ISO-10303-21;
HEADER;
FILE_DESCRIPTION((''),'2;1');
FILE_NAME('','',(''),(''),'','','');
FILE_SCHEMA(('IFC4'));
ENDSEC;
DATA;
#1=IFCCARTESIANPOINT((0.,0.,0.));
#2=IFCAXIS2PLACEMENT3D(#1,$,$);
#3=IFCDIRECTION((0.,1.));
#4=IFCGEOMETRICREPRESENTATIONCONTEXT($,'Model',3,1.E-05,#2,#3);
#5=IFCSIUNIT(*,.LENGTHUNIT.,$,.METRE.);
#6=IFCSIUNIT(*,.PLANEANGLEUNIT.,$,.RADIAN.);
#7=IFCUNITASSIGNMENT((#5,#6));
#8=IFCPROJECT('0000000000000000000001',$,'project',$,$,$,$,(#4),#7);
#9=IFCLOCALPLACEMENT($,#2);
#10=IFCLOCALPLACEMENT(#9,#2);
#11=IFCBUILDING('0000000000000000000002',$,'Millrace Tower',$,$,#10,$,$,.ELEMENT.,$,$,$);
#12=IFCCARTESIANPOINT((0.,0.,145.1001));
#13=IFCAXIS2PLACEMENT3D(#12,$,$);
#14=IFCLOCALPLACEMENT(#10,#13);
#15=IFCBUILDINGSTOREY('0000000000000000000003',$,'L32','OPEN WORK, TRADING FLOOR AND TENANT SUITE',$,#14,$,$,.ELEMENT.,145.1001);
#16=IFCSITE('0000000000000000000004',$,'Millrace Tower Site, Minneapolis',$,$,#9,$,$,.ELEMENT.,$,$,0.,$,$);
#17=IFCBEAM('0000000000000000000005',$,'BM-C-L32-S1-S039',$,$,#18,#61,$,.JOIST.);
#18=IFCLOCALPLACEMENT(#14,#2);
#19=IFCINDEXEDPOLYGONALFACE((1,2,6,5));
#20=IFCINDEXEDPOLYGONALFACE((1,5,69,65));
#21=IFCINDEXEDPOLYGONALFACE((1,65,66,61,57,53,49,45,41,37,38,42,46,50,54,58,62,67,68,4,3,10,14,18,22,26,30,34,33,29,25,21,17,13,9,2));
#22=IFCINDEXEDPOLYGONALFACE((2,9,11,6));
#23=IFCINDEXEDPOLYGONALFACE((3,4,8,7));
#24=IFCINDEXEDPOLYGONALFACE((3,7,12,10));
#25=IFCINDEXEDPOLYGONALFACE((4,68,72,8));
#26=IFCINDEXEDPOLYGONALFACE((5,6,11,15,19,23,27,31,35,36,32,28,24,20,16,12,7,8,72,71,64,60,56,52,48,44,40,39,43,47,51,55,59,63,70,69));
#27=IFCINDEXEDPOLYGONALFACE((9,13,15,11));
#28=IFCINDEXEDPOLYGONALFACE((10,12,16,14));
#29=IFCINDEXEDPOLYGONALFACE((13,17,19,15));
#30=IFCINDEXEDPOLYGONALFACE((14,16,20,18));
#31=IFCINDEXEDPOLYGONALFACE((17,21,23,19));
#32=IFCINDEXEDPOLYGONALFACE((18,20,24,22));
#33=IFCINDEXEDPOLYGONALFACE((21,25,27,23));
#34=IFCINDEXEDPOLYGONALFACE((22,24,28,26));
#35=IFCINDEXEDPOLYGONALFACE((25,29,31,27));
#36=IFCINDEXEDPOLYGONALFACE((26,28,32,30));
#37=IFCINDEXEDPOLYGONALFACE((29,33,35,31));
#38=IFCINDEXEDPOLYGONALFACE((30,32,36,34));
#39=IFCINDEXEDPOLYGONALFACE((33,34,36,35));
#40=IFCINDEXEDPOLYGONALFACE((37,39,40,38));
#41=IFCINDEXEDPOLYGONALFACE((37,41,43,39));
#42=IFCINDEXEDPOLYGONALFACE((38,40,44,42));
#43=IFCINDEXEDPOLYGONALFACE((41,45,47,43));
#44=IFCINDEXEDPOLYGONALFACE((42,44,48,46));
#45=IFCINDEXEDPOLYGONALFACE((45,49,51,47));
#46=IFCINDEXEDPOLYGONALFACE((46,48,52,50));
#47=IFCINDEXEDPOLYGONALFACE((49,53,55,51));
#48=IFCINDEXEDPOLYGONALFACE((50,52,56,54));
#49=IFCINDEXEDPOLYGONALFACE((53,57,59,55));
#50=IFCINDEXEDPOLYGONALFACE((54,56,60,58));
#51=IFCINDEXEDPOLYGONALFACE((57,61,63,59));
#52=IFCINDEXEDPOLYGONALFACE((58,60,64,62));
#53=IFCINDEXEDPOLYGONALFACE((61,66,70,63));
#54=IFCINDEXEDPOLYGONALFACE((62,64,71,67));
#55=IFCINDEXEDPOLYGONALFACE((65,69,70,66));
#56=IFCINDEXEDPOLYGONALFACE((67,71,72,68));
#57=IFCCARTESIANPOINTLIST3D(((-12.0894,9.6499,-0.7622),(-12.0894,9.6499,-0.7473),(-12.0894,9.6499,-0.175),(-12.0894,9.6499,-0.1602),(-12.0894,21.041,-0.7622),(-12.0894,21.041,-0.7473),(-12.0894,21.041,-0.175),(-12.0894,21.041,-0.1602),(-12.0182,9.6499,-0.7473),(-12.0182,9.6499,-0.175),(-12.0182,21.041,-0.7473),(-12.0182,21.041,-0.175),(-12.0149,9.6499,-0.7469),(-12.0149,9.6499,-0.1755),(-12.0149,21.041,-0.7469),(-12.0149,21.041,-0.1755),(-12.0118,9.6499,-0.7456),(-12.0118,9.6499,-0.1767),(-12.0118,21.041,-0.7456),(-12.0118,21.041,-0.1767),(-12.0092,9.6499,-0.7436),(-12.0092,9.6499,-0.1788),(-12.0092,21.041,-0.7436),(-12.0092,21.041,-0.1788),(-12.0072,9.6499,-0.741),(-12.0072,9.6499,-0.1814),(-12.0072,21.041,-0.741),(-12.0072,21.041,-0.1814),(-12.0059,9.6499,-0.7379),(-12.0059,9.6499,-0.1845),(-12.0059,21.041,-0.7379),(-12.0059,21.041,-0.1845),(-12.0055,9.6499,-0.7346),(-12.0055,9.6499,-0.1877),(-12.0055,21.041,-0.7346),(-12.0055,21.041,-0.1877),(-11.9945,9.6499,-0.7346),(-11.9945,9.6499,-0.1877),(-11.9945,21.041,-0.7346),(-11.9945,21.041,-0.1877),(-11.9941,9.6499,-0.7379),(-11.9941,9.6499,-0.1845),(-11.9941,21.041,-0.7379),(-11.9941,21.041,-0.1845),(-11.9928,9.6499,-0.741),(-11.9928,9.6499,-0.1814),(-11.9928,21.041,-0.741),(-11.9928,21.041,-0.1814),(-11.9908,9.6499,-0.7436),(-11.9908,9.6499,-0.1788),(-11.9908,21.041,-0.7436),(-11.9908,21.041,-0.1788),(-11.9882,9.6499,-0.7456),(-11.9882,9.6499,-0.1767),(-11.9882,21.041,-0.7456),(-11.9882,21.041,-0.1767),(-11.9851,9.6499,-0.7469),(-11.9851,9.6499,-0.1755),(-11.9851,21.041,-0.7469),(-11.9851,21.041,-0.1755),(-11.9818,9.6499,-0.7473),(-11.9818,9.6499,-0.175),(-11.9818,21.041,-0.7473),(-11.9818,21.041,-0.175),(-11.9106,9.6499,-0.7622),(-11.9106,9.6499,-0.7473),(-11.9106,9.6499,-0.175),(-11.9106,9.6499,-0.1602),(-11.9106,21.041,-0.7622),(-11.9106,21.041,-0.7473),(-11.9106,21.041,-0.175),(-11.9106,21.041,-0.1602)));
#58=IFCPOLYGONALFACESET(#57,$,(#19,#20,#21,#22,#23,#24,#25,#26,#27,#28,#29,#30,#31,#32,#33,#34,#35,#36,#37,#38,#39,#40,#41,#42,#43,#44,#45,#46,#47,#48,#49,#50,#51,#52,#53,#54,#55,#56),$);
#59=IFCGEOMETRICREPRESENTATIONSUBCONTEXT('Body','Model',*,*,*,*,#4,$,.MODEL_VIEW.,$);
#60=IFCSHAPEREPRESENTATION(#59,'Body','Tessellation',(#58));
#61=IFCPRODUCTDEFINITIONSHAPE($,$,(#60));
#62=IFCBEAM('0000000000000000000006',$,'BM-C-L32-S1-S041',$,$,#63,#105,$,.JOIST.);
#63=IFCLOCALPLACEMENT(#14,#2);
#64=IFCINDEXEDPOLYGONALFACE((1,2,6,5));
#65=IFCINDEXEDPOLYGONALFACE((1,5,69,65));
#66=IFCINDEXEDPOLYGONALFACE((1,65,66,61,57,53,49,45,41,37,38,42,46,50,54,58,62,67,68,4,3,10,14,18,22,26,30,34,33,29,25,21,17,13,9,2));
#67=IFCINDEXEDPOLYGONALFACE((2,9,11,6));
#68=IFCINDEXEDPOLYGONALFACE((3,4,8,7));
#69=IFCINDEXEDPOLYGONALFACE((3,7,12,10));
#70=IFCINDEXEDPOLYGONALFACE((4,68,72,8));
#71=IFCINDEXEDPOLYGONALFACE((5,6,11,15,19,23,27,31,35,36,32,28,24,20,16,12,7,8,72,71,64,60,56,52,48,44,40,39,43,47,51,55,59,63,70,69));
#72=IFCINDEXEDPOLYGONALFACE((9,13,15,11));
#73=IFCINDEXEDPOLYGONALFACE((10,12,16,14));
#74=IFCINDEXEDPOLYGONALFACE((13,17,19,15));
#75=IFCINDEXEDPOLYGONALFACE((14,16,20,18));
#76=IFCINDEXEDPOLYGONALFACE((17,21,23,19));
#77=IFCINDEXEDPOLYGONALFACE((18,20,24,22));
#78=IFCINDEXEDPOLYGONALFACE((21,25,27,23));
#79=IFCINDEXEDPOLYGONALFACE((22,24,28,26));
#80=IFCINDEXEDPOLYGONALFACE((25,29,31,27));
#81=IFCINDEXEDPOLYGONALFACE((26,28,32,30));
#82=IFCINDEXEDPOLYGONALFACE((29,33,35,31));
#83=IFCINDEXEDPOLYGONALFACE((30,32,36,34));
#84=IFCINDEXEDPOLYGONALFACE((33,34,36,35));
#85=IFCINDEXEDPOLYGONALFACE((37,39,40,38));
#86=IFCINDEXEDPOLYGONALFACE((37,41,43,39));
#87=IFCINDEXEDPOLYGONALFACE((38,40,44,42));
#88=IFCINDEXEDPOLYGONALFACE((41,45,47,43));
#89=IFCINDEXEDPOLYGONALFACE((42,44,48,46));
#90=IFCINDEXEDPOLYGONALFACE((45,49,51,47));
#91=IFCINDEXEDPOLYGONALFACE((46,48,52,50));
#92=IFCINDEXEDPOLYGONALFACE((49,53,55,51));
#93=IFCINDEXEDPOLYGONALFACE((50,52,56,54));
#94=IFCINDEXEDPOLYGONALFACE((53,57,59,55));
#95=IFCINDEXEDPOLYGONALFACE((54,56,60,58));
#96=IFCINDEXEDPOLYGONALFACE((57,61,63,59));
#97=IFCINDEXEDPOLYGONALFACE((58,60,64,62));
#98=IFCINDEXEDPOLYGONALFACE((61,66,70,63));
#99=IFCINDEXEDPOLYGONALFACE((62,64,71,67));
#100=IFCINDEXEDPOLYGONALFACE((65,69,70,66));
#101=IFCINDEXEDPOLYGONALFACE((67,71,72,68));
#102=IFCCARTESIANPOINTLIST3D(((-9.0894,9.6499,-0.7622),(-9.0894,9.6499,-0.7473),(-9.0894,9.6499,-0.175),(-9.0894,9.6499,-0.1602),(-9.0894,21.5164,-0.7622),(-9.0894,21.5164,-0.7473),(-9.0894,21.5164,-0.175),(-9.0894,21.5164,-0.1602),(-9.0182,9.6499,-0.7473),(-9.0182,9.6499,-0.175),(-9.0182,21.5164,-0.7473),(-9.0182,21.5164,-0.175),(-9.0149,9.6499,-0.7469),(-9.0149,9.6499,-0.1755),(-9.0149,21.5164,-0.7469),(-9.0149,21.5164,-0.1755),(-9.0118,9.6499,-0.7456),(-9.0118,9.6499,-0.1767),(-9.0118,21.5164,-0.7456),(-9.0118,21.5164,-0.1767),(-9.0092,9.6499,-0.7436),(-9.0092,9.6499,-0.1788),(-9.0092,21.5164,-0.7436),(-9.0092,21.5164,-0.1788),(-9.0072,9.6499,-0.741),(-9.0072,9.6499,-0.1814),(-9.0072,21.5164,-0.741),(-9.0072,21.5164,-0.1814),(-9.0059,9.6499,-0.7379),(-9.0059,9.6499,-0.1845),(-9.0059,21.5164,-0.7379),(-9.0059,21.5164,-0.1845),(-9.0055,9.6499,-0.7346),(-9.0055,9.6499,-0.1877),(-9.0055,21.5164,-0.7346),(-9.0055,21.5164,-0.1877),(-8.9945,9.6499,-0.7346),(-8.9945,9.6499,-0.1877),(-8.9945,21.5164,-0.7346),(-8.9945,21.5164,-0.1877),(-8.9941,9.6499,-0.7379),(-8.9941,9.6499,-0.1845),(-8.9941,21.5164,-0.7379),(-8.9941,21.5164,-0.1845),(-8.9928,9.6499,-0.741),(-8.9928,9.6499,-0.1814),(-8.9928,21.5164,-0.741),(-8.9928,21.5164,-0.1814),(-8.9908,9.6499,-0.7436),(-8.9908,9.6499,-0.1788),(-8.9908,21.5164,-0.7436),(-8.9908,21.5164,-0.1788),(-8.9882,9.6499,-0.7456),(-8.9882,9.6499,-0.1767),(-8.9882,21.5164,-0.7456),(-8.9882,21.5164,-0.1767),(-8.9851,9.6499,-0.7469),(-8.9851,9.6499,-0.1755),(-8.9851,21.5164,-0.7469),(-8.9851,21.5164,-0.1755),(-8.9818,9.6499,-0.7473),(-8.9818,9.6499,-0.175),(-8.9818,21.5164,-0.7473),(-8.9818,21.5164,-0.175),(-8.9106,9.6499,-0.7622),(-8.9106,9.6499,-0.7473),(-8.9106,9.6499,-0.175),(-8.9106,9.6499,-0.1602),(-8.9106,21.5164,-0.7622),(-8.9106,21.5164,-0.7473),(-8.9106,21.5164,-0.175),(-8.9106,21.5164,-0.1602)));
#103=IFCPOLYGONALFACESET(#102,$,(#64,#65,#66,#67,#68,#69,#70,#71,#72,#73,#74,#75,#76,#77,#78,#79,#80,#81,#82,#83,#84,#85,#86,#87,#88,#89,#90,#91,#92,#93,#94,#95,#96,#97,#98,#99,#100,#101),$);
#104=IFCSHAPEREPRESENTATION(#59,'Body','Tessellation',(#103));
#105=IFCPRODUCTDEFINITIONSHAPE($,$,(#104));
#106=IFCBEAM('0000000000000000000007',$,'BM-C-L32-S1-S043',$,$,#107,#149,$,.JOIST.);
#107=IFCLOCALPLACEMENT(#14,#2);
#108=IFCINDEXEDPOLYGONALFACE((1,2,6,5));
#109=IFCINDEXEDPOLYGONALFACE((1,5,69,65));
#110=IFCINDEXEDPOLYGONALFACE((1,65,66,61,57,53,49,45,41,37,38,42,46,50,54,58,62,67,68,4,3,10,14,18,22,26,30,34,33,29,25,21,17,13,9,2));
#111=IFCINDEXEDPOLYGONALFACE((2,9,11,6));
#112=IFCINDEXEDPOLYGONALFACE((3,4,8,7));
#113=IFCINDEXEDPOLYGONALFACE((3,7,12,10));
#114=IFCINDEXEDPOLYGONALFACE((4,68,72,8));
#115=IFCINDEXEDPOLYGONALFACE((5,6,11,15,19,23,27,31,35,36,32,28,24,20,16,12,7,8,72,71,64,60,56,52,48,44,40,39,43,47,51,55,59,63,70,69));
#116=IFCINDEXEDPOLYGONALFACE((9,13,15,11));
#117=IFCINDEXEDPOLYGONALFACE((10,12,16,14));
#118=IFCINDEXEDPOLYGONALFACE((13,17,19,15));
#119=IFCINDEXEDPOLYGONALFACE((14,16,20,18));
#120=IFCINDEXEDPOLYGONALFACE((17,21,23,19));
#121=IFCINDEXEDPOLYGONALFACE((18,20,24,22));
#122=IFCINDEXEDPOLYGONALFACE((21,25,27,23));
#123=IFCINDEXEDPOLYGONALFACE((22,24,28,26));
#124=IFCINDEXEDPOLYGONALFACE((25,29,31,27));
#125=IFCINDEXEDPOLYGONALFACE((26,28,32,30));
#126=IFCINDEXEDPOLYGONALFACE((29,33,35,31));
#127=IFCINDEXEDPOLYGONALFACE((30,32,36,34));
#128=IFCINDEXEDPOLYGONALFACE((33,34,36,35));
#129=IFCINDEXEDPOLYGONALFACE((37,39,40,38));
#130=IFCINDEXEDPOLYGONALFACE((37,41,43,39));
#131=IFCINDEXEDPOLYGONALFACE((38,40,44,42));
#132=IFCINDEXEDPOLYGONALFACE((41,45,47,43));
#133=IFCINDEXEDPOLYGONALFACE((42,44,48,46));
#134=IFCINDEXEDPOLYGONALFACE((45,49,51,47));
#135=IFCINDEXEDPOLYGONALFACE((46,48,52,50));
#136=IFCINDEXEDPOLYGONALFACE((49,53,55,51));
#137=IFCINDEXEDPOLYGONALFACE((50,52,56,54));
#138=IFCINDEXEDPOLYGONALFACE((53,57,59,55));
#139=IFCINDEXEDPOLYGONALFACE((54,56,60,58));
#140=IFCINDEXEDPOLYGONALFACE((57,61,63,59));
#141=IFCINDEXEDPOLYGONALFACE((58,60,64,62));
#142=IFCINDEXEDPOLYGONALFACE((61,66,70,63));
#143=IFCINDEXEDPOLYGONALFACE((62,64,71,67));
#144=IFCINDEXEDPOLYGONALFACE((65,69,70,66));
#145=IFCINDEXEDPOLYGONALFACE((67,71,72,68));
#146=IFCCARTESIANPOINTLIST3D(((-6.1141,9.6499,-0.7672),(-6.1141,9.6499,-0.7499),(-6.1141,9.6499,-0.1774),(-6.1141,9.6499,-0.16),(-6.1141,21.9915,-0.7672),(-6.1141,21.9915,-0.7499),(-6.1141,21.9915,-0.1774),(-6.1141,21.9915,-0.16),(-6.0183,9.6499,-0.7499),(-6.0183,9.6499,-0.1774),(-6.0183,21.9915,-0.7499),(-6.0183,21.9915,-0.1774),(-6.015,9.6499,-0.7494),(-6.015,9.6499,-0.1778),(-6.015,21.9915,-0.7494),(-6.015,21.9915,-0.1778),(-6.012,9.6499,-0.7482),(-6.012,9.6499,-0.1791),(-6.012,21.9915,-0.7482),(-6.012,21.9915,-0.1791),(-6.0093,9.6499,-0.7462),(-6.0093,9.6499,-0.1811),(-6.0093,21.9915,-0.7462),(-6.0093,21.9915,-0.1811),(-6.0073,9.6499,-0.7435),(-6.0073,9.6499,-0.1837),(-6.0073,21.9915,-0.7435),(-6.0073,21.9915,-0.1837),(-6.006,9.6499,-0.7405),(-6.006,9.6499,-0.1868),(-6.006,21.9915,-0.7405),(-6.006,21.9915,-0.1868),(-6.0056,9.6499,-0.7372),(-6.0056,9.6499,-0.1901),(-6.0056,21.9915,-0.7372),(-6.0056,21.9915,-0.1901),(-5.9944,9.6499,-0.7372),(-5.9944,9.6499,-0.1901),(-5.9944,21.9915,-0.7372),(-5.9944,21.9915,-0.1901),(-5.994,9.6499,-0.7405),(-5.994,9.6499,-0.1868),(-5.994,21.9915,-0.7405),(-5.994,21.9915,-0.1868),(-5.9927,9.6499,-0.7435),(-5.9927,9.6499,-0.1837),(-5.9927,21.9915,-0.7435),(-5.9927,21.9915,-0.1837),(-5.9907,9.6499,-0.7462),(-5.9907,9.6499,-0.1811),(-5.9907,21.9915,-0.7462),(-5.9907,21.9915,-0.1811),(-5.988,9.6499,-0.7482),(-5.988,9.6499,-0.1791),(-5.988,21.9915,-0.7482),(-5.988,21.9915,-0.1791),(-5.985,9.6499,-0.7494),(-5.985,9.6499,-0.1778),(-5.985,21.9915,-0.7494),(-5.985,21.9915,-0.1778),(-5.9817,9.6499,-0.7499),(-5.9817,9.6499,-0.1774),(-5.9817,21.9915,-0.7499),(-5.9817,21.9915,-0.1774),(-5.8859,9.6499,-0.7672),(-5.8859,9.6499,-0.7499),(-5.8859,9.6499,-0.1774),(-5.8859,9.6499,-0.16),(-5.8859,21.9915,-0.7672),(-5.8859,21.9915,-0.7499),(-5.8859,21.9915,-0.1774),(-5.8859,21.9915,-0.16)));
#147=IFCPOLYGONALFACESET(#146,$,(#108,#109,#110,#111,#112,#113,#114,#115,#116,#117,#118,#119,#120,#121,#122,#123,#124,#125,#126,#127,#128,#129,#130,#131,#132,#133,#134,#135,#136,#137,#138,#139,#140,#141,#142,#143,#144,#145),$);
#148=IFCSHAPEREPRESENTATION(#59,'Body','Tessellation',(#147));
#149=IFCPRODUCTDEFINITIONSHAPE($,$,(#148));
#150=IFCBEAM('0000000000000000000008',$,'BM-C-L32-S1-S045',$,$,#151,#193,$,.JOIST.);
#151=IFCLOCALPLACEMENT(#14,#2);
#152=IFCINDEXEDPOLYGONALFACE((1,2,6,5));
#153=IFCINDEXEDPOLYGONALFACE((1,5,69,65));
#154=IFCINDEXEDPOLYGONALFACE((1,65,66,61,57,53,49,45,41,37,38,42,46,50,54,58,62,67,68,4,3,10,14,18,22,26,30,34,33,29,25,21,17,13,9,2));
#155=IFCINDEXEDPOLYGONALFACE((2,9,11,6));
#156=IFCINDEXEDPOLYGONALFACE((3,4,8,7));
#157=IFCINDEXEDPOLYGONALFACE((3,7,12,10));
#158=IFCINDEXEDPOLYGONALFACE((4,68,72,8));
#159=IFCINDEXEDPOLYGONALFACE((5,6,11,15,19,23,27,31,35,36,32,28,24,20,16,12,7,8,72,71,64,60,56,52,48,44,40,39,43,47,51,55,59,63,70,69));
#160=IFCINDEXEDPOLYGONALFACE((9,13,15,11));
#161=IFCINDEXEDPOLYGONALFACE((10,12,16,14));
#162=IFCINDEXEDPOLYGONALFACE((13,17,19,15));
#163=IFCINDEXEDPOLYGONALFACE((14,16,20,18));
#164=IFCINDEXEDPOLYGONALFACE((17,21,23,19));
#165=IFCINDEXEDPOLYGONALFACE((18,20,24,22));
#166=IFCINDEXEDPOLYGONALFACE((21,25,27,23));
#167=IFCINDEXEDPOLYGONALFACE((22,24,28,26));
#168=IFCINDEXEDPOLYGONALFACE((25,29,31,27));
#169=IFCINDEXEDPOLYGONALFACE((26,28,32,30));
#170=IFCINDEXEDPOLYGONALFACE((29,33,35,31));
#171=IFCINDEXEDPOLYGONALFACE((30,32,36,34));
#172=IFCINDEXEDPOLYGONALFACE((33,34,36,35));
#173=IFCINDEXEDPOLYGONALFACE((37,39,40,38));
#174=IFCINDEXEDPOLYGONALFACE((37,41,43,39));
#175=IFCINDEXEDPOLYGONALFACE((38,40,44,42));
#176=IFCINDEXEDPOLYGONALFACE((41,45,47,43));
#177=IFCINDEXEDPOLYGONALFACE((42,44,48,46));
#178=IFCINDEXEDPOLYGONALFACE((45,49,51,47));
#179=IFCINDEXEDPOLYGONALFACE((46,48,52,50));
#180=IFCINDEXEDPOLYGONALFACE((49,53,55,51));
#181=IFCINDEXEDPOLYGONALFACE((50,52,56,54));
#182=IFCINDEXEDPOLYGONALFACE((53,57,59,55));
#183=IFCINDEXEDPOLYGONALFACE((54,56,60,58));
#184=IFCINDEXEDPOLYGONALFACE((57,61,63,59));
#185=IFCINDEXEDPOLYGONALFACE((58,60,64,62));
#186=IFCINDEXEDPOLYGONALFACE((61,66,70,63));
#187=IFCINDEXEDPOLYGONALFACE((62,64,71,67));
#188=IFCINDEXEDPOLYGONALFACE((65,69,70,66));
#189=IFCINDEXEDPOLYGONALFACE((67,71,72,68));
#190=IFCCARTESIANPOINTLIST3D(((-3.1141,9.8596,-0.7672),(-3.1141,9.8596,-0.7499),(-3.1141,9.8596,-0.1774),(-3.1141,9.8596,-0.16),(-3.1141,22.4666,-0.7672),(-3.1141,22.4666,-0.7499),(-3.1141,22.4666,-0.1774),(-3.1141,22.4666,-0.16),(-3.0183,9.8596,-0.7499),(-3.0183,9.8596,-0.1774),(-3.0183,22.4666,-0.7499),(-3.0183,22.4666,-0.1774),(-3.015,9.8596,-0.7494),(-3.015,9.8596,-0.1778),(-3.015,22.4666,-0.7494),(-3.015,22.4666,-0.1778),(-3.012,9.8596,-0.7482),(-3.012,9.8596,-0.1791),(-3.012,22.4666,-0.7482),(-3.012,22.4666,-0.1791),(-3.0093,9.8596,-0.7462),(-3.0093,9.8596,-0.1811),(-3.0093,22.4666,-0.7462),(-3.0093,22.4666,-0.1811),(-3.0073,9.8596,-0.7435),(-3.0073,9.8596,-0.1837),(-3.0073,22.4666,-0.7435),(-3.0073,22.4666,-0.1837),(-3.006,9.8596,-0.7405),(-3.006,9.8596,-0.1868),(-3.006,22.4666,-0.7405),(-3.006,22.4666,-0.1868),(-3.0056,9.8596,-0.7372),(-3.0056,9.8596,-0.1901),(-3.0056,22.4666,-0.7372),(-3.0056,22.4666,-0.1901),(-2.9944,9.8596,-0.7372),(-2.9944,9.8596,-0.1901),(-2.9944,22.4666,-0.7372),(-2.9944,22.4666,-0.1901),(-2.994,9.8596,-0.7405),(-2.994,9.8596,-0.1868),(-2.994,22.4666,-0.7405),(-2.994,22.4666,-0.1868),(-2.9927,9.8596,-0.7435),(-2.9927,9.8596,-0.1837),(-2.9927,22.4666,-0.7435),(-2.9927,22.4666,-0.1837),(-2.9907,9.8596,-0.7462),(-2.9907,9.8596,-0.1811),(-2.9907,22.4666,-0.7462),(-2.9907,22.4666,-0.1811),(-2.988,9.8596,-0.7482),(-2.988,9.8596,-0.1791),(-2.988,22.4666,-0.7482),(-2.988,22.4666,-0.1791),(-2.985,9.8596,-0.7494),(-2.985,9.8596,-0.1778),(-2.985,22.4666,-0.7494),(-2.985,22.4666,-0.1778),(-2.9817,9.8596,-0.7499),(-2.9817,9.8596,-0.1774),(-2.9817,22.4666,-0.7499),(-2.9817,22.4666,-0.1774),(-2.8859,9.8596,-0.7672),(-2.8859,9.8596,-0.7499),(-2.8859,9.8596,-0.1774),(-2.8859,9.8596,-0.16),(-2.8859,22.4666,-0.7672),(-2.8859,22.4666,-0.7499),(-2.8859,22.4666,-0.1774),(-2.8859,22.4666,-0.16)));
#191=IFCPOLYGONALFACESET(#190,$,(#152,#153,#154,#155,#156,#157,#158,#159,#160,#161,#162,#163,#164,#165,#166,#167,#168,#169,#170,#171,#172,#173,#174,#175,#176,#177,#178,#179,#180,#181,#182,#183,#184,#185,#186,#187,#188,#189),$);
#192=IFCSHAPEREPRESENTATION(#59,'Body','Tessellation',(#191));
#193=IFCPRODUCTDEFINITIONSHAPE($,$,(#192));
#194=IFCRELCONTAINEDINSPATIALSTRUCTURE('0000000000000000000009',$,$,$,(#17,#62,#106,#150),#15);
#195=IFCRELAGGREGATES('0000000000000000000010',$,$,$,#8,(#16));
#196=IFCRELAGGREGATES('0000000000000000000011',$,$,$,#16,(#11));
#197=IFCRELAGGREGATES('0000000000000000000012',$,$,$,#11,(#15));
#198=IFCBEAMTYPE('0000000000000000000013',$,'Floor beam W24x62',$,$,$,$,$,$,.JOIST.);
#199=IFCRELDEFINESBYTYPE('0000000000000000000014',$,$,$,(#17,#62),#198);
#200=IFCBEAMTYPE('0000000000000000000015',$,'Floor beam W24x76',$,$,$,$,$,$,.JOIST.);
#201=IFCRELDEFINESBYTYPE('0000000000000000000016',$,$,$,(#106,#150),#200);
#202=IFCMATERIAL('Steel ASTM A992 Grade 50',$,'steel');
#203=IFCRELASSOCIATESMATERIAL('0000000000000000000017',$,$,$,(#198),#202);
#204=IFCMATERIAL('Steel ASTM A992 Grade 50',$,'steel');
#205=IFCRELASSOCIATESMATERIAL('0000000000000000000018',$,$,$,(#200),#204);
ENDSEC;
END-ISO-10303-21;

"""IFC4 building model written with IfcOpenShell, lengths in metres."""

from ifc_helpers import new_model, si_unit, direction, frame, origin, origin_2d, place, context, subcontext, project, spatial, i_section, extrude, material, material_profile, profile_set, type_object, element, save


model = new_model("IFC4")

# Units and contexts
model_context = context("Model", 3, precision=1e-05, world=origin(), true_north=direction((0.0, 1.0)))
body_context = subcontext(model_context, "Body", "Model", "MODEL_VIEW")
ifc_project = project(units=[si_unit("LENGTHUNIT", "METRE"), si_unit("PLANEANGLEUNIT", "RADIAN")], contexts=[model_context])

# Site, building, storey
site_placement = place(None, origin())
site = spatial("IfcSite", under=ifc_project, at=site_placement, Name="Millrace Tower Site, Minneapolis", CompositionType="ELEMENT", RefElevation=0.0)
building_placement = place(site_placement, origin())
building = spatial("IfcBuilding", under=site, at=building_placement, Name="Millrace Tower", CompositionType="ELEMENT")
storey_placement = place(building_placement, frame((0.0, 0.0, 145.1001)))
storey = spatial("IfcBuildingStorey", under=building, at=storey_placement, Name="L32", Description="OPEN WORK, TRADING FLOOR AND TENANT SUITE", CompositionType="ELEMENT", Elevation=145.1001)

# Beams
ifc_material_1 = material(Name="Steel ASTM A992 Grade 50", Category="steel")
ifc_material_profile_1 = material_profile(ifc_material_1, i_section(OverallWidth=0.1787, OverallDepth=0.6021, WebThickness=0.011, FlangeThickness=0.0149, FilletRadius=0.0127, at=origin_2d()))
ifc_profile_set_1 = profile_set([ifc_material_profile_1], Name="Steel ASTM A992 Grade 50")
beam_type_1 = type_object("IfcBeamType", Name="Floor beam W24x62", PredefinedType="JOIST", material=ifc_profile_set_1)
beam_1_placement = place(storey_placement, frame((-12.0, 9.6499, -0.4612), z_axis=(0.0, 1.0, 0.0), x_axis=(-1.0, 0.0, 0.0)))
element("IfcBeam", 1, at=beam_1_placement, inside=storey, type_object=beam_type_1, Name="BM-C-L32-S1-S039", PredefinedType="JOIST", context=body_context, shape_type="SweptSolid", body=[
    extrude(i_section(OverallWidth=0.1787, OverallDepth=0.6021, WebThickness=0.011, FlangeThickness=0.0149, FilletRadius=0.0127, at=origin_2d()), origin(), (0.0, 0.0, 1.0), 11.3911),
])
beam_2_placement = place(storey_placement, frame((-9.0, 9.6499, -0.4612), z_axis=(0.0, 1.0, 0.0), x_axis=(-1.0, 0.0, 0.0)))
element("IfcBeam", 2, at=beam_2_placement, inside=storey, type_object=beam_type_1, Name="BM-C-L32-S1-S041", PredefinedType="JOIST", context=body_context, shape_type="SweptSolid", body=[
    extrude(i_section(OverallWidth=0.1787, OverallDepth=0.6021, WebThickness=0.011, FlangeThickness=0.0149, FilletRadius=0.0127, at=origin_2d()), origin(), (0.0, 0.0, 1.0), 11.8665),
])
ifc_material_2 = material(Name="Steel ASTM A992 Grade 50", Category="steel")
ifc_material_profile_2 = material_profile(ifc_material_2, i_section(OverallWidth=0.2283, OverallDepth=0.6072, WebThickness=0.0112, FlangeThickness=0.0173, FilletRadius=0.0127, at=origin_2d()))
ifc_profile_set_2 = profile_set([ifc_material_profile_2], Name="Steel ASTM A992 Grade 50")
beam_type_2 = type_object("IfcBeamType", Name="Floor beam W24x76", PredefinedType="JOIST", material=ifc_profile_set_2)
beam_3_placement = place(storey_placement, frame((-6.0, 9.6499, -0.4636), z_axis=(0.0, 1.0, 0.0), x_axis=(-1.0, 0.0, 0.0)))
element("IfcBeam", 3, at=beam_3_placement, inside=storey, type_object=beam_type_2, Name="BM-C-L32-S1-S043", PredefinedType="JOIST", context=body_context, shape_type="SweptSolid", body=[
    extrude(i_section(OverallWidth=0.2283, OverallDepth=0.6072, WebThickness=0.0112, FlangeThickness=0.0173, FilletRadius=0.0127, at=origin_2d()), origin(), (0.0, 0.0, 1.0), 12.3416),
])
beam_4_placement = place(storey_placement, frame((-3.0, 9.8596, -0.4636), z_axis=(0.0, 1.0, 0.0), x_axis=(-1.0, 0.0, 0.0)))
element("IfcBeam", 4, at=beam_4_placement, inside=storey, type_object=beam_type_2, Name="BM-C-L32-S1-S045", PredefinedType="JOIST", context=body_context, shape_type="SweptSolid", body=[
    extrude(i_section(OverallWidth=0.2283, OverallDepth=0.6072, WebThickness=0.0112, FlangeThickness=0.0173, FilletRadius=0.0127, at=origin_2d()), origin(), (0.0, 0.0, 1.0), 12.6069),
])

save(model, "model.ifc")
